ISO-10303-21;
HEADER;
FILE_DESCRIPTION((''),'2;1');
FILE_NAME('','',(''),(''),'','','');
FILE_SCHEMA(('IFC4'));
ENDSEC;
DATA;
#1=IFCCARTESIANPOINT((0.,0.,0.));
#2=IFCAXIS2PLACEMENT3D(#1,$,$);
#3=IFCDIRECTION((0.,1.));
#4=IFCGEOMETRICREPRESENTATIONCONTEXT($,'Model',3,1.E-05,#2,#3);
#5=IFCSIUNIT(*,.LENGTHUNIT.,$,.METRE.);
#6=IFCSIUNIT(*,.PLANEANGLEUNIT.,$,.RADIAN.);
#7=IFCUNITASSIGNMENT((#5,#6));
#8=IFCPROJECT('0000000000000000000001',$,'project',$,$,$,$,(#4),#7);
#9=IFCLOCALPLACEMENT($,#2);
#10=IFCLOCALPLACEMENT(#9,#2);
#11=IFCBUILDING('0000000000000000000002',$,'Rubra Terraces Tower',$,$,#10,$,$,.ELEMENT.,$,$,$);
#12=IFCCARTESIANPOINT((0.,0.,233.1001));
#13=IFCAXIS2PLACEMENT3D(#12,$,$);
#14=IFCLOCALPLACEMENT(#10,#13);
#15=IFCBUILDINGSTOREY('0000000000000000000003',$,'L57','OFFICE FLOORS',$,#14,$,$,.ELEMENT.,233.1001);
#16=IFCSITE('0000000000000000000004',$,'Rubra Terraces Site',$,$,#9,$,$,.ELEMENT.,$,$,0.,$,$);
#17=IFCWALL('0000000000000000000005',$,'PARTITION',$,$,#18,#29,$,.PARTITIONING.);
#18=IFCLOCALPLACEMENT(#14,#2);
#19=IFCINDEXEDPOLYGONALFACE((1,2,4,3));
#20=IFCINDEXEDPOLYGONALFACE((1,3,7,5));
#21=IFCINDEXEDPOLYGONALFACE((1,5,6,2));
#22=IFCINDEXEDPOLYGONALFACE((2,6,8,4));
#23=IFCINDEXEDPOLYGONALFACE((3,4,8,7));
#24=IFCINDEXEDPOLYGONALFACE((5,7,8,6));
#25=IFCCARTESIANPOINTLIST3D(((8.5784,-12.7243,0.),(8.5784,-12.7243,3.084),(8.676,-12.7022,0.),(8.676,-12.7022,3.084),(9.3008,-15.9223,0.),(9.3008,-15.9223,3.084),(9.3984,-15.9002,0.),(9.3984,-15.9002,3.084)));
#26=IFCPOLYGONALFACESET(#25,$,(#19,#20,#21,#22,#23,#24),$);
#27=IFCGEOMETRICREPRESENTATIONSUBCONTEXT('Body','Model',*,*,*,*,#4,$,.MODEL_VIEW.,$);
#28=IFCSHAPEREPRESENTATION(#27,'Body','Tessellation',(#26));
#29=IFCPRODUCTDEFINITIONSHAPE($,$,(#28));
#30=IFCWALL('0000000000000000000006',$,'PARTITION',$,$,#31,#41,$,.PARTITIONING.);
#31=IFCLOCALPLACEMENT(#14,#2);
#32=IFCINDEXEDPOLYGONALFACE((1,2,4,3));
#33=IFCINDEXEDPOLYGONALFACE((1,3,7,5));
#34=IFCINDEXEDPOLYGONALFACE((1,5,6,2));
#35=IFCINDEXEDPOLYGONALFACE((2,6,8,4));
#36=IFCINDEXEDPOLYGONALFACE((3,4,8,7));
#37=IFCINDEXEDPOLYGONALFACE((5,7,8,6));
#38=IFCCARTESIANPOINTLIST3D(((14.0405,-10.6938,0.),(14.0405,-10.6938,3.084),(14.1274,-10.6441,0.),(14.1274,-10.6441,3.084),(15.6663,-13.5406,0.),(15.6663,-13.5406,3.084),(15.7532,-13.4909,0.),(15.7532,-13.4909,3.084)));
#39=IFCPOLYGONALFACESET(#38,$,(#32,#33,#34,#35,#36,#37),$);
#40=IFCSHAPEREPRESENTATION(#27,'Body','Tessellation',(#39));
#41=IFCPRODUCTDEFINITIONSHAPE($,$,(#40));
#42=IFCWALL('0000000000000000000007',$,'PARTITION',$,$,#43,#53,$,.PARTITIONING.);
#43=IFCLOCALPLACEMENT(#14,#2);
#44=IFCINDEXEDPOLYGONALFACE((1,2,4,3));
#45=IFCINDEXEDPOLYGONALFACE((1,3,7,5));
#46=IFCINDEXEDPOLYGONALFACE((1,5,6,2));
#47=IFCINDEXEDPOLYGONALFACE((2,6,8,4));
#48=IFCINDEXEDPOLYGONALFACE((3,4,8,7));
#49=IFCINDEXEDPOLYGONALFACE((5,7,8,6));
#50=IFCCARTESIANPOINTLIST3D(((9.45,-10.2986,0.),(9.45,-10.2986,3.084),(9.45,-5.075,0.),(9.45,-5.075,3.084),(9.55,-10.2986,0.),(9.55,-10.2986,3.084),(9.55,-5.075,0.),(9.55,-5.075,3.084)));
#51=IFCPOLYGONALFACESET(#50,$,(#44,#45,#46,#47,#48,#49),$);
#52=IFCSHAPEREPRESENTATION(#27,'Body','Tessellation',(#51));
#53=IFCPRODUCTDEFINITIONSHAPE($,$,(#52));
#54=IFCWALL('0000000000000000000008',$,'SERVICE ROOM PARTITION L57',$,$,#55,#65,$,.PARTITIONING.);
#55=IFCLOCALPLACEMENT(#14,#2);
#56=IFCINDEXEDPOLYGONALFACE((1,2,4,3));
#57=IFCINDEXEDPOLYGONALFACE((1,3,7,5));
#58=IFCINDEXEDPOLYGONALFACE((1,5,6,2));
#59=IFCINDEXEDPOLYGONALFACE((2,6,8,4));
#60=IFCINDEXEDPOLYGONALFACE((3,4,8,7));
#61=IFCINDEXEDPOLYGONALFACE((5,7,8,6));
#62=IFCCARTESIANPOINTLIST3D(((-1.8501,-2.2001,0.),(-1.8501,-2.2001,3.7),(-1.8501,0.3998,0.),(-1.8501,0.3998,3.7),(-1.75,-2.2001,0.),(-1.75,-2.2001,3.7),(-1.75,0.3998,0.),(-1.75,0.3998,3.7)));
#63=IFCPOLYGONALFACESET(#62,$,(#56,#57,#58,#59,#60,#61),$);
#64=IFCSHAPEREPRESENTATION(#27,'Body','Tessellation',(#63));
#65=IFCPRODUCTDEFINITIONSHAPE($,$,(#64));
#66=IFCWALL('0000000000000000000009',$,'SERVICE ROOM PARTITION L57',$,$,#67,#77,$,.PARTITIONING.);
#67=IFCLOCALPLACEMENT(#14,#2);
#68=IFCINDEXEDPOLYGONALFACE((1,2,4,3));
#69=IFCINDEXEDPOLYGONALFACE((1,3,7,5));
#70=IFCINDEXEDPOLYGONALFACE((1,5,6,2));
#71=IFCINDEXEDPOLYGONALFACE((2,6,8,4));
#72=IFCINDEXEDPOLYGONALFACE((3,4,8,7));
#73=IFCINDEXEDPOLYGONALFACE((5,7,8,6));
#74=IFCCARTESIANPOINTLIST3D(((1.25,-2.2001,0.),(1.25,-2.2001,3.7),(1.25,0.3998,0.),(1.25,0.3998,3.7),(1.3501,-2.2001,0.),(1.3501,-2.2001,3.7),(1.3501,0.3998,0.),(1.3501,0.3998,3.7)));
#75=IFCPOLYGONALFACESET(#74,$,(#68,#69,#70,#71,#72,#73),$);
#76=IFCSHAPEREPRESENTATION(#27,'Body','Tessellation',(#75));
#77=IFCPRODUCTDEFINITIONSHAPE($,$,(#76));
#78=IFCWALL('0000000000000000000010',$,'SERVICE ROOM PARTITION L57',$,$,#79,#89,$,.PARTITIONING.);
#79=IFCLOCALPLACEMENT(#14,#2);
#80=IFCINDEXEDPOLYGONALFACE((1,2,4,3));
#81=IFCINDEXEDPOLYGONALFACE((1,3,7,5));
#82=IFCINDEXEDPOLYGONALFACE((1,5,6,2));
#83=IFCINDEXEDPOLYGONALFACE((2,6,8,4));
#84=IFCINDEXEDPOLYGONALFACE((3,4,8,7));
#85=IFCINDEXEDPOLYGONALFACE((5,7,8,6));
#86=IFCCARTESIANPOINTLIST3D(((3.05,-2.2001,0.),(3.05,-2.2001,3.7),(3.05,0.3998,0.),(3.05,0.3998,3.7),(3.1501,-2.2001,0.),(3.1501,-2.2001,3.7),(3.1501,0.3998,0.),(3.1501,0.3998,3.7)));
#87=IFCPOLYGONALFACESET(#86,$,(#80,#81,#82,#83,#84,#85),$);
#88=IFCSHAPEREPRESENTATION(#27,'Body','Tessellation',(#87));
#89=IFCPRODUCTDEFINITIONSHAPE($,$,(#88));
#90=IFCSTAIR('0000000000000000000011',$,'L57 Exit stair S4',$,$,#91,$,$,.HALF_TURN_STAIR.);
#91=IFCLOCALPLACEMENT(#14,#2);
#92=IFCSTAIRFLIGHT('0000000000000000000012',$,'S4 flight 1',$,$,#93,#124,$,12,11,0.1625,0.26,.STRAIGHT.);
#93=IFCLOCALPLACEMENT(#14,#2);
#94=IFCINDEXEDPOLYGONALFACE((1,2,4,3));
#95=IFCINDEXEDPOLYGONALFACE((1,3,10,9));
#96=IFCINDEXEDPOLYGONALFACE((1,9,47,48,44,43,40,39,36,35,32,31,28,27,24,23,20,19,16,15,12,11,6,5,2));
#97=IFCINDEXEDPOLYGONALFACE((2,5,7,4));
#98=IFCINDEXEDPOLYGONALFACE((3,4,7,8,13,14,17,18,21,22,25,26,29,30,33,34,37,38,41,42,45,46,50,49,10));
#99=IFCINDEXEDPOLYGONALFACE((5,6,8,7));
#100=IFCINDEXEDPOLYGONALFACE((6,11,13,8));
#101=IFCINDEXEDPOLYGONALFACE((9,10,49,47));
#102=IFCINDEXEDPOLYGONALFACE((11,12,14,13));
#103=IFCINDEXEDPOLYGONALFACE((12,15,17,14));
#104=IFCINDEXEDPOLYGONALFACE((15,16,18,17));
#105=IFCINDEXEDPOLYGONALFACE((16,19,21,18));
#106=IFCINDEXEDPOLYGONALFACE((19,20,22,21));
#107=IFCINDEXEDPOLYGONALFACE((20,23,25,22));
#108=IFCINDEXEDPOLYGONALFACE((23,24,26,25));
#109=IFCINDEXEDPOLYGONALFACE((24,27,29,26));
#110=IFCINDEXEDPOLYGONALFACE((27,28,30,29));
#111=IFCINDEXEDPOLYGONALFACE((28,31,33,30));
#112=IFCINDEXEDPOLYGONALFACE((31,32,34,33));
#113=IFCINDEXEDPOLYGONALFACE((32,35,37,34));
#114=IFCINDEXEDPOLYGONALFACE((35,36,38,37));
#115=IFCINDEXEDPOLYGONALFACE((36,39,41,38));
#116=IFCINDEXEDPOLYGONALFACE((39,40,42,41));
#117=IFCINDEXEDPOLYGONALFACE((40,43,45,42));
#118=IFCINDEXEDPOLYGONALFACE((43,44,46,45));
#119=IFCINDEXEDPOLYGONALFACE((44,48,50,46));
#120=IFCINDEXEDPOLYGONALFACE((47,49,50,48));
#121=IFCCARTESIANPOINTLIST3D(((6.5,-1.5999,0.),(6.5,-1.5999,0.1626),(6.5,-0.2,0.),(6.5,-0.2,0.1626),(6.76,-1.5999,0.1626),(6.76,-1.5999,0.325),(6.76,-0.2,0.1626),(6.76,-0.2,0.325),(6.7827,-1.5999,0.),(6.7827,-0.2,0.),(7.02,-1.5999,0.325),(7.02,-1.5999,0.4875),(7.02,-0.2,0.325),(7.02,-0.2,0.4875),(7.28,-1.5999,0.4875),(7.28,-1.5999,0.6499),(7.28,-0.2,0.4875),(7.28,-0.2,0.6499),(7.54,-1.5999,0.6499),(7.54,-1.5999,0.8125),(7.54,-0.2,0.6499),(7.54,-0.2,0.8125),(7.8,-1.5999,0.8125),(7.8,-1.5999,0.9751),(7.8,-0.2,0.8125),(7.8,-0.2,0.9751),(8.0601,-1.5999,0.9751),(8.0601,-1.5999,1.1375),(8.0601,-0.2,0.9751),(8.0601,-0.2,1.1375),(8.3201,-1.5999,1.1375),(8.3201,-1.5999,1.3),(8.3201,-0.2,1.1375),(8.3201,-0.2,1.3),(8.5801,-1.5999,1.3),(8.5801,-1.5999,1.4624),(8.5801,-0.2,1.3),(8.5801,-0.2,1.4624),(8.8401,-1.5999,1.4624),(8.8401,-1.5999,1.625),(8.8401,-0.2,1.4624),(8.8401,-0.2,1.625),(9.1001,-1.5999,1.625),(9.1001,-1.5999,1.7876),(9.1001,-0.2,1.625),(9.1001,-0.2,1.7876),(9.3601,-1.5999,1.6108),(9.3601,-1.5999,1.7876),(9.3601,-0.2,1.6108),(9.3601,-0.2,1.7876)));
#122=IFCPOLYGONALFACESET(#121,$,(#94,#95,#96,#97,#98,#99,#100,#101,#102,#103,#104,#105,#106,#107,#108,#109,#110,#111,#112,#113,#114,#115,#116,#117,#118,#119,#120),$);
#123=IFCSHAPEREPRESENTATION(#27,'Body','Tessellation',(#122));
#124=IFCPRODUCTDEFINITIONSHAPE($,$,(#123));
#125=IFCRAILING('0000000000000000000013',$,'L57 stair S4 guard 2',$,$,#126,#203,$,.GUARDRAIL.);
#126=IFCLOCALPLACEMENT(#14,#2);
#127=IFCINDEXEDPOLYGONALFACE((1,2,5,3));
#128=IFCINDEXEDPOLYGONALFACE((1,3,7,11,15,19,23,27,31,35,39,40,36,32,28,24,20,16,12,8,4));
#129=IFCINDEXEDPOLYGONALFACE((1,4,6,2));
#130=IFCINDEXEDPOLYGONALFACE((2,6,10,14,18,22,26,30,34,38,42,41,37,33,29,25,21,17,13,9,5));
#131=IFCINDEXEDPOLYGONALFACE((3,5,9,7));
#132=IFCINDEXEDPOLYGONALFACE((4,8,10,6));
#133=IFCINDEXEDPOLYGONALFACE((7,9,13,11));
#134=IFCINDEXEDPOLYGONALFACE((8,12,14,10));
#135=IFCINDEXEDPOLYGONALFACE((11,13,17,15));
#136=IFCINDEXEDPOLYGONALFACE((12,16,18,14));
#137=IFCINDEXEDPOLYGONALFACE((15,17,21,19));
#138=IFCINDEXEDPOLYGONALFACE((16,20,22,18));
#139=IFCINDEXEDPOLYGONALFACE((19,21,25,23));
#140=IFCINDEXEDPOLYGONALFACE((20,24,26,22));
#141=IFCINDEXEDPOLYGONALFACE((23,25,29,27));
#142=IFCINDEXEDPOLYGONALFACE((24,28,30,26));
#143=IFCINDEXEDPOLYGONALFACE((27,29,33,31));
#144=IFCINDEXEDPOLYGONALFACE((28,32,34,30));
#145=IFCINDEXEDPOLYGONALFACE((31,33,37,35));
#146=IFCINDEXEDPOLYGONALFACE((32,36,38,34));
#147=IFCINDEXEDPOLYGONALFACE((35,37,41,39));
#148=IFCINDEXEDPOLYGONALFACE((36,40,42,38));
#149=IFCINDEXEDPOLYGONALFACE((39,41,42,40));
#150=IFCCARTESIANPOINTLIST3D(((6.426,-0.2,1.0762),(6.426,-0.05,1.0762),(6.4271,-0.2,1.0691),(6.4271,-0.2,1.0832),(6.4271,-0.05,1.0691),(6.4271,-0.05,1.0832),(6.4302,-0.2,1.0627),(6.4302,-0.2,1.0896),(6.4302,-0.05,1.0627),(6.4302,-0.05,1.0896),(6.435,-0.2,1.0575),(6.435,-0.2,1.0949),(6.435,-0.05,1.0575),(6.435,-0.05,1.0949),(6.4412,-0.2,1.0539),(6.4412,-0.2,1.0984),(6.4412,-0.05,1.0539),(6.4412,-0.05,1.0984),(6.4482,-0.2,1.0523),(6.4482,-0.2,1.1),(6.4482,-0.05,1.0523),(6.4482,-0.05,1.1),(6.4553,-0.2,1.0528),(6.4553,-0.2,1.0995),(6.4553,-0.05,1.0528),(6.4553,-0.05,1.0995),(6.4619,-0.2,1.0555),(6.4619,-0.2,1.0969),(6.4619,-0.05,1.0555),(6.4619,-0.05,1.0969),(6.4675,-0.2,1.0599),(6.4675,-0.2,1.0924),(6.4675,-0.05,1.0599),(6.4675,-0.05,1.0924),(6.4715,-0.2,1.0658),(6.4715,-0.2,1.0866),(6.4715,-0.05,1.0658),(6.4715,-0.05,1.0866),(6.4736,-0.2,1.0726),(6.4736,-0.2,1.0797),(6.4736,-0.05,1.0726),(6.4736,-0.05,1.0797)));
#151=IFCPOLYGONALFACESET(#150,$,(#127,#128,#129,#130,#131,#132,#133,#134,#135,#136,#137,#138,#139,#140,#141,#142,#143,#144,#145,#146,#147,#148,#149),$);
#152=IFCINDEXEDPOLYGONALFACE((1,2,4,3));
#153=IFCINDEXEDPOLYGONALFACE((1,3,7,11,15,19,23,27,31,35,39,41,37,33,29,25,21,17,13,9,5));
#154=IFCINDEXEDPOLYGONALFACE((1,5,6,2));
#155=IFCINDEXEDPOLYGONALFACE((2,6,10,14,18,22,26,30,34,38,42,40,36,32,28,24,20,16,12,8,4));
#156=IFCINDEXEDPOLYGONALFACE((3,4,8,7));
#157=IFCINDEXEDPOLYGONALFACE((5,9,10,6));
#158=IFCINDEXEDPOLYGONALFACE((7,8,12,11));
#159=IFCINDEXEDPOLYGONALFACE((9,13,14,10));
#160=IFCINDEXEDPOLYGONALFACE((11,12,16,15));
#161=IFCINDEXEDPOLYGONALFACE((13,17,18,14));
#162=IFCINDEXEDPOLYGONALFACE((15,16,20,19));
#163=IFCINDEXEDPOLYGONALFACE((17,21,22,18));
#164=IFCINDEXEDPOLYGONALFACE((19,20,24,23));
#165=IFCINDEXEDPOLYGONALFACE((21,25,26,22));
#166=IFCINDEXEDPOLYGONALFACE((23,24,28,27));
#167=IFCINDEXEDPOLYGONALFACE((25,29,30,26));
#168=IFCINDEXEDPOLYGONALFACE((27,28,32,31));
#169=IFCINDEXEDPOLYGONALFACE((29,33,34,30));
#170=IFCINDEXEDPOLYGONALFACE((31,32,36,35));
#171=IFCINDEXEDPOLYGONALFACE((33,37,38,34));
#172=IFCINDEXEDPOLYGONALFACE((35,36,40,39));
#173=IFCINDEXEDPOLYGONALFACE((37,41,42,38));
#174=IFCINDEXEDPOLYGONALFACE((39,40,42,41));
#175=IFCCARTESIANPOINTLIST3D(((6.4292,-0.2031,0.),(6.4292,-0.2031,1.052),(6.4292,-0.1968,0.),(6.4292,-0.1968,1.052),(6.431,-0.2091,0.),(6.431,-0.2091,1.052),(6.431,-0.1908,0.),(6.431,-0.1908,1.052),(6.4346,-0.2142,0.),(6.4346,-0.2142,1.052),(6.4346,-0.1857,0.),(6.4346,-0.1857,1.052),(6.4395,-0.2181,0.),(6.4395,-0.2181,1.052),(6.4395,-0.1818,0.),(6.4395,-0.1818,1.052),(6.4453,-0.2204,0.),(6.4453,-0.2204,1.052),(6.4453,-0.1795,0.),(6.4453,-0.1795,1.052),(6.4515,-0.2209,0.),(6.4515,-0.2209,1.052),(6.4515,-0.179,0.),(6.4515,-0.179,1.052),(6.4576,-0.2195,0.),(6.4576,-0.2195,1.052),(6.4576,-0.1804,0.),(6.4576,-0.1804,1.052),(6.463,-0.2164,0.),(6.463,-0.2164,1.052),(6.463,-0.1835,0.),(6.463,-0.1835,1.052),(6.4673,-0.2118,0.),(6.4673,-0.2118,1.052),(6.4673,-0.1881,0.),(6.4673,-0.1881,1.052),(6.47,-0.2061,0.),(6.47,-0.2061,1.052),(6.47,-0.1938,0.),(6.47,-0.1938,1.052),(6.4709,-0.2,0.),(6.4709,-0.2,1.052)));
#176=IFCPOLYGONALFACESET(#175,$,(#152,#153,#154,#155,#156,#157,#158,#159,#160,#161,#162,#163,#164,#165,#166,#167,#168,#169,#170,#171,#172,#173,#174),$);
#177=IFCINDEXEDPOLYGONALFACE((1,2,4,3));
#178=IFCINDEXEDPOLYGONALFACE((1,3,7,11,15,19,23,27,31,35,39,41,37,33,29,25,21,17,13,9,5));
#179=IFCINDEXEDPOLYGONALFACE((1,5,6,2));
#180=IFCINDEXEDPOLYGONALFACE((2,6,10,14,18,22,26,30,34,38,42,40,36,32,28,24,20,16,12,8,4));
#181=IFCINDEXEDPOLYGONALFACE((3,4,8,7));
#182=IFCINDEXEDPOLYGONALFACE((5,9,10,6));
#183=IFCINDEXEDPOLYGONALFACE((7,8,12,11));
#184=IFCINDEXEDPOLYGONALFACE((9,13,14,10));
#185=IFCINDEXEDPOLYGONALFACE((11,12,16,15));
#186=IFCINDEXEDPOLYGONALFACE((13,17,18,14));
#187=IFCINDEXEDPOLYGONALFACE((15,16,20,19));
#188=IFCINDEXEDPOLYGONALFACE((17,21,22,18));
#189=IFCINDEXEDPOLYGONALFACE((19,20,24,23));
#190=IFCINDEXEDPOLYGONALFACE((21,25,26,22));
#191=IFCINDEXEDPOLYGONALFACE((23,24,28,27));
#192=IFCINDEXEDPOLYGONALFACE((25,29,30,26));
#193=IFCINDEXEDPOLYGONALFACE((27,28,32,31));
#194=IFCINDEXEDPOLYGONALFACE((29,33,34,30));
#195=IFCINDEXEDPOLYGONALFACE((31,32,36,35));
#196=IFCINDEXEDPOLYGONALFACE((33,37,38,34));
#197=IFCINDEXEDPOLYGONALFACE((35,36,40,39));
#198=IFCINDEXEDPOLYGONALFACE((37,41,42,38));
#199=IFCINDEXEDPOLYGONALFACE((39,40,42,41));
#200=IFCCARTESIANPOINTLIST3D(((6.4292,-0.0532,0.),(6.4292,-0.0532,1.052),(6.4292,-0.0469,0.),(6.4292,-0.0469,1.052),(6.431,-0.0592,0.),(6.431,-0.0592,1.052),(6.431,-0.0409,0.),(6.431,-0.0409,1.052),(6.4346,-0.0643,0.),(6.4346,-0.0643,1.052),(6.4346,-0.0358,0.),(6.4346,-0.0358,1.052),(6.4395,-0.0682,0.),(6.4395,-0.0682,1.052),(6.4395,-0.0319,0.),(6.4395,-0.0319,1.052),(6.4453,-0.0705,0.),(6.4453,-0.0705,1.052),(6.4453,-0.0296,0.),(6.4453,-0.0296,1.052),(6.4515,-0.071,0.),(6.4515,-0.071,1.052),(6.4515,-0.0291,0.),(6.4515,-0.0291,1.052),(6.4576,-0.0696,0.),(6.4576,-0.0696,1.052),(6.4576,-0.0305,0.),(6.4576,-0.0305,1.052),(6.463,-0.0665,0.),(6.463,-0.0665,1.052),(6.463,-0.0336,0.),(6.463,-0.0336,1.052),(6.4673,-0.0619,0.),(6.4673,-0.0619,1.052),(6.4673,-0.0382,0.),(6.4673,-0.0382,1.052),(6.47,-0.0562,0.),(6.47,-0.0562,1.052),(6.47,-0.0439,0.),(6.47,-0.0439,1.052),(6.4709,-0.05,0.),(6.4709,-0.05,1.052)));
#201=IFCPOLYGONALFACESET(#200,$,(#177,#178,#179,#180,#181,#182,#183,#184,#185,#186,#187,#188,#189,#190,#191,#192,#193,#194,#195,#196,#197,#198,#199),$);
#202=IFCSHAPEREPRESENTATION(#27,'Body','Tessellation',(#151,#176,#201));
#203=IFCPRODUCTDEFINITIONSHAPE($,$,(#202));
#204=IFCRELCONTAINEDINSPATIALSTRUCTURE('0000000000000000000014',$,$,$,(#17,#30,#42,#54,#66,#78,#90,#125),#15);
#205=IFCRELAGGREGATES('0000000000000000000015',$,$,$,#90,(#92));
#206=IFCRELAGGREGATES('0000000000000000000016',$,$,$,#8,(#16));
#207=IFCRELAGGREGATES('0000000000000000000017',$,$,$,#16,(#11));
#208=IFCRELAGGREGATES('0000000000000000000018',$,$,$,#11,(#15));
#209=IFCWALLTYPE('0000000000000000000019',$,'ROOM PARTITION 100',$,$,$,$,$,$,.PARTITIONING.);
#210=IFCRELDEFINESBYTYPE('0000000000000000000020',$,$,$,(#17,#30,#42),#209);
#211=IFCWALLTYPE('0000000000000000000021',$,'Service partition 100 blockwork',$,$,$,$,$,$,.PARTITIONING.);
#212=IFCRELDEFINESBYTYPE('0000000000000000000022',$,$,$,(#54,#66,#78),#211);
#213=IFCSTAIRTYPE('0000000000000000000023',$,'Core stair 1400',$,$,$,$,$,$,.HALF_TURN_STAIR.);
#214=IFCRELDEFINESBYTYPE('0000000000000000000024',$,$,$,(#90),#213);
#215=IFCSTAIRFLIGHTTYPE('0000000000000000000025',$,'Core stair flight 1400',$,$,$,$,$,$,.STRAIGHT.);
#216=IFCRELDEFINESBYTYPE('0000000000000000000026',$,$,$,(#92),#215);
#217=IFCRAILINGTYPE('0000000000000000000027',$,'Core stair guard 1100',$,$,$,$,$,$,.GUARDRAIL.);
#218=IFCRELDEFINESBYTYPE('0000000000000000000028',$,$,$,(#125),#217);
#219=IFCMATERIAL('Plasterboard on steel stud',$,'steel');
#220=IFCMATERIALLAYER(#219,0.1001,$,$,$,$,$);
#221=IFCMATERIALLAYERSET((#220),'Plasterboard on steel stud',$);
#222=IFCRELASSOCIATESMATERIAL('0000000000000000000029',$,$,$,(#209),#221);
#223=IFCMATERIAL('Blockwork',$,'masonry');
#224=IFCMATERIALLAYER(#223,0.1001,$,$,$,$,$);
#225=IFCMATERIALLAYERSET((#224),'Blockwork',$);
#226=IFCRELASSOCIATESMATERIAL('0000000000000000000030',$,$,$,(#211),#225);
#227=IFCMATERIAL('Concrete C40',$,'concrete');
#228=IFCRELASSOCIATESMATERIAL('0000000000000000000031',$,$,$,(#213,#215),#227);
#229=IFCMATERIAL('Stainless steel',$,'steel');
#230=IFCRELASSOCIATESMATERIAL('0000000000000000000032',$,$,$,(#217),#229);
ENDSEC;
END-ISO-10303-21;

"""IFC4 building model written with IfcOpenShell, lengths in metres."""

from ifc_helpers import new_model, si_unit, direction, frame, frame_2d, origin, origin_2d, place, context, subcontext, project, spatial, polyline, rectangle, circle, outline, extrude, material, layer, layer_set, type_object, element, aggregate, save


model = new_model("IFC4")

# Units and contexts
model_context = context("Model", 3, precision=1e-05, world=origin(), true_north=direction((0.0, 1.0)))
body_context = subcontext(model_context, "Body", "Model", "MODEL_VIEW")
ifc_project = project(units=[si_unit("LENGTHUNIT", "METRE"), si_unit("PLANEANGLEUNIT", "RADIAN")], contexts=[model_context])

# Site, building, storey
site_placement = place(None, origin())
site = spatial("IfcSite", under=ifc_project, at=site_placement, Name="Rubra Terraces Site", CompositionType="ELEMENT", RefElevation=0.0)
building_placement = place(site_placement, origin())
building = spatial("IfcBuilding", under=site, at=building_placement, Name="Rubra Terraces Tower", CompositionType="ELEMENT")
storey_placement = place(building_placement, frame((0.0, 0.0, 233.1001)))
storey = spatial("IfcBuildingStorey", under=building, at=storey_placement, Name="L57", Description="OFFICE FLOORS", CompositionType="ELEMENT", Elevation=233.1001)

# Shared definitions
ifc_material_1 = material(Name="Concrete C40", Category="concrete")

# Walls
ifc_material_2 = material(Name="Plasterboard on steel stud", Category="steel")
ifc_layer_1 = layer(ifc_material_2, 0.1001)
ifc_layer_set_1 = layer_set([ifc_layer_1], Name="Plasterboard on steel stud")
wall_type_1 = type_object("IfcWallType", Name="ROOM PARTITION 100", PredefinedType="PARTITIONING", material=ifc_layer_set_1)
wall_1_placement = place(storey_placement, frame((8.6272, -12.7134, 0.0), z_axis=(0.0, 0.0, 1.0), x_axis=(0.220343, -0.975422, 0.0)))
element("IfcWall", 1, at=wall_1_placement, inside=storey, type_object=wall_type_1, Name="PARTITION", PredefinedType="PARTITIONING", context=body_context, shape_type="SweptSolid", body=[
    extrude(rectangle(XDim=3.2786, YDim=0.1001, at=frame_2d((1.6392, 0.0))), origin(), (0.0, 0.0, 1.0), 3.084),
])
wall_2_placement = place(storey_placement, frame((14.084, -10.6689, 0.0), z_axis=(0.0, 0.0, 1.0), x_axis=(0.495922, -0.868367, 0.0)))
element("IfcWall", 2, at=wall_2_placement, inside=storey, type_object=wall_type_1, Name="PARTITION", PredefinedType="PARTITIONING", context=body_context, shape_type="SweptSolid", body=[
    extrude(rectangle(XDim=3.2783, YDim=0.1001, at=frame_2d((1.6392, 0.0))), origin(), (0.0, 0.0, 1.0), 3.084),
])
wall_3_placement = place(storey_placement, frame((9.5, -10.2986, 0.0), z_axis=(0.0, 0.0, 1.0), x_axis=(0.0, 1.0, 0.0)))
element("IfcWall", 3, at=wall_3_placement, inside=storey, type_object=wall_type_1, Name="PARTITION", PredefinedType="PARTITIONING", context=body_context, shape_type="SweptSolid", body=[
    extrude(rectangle(XDim=5.2236, YDim=0.1001, at=frame_2d((2.6118, 0.0))), origin(), (0.0, 0.0, 1.0), 3.084),
])
ifc_material_3 = material(Name="Blockwork", Category="masonry")
ifc_layer_2 = layer(ifc_material_3, 0.1001)
ifc_layer_set_2 = layer_set([ifc_layer_2], Name="Blockwork")
wall_type_2 = type_object("IfcWallType", Name="Service partition 100 blockwork", PredefinedType="PARTITIONING", material=ifc_layer_set_2)
for number, where, z_axis, x_axis, name in (
    (4, (-1.8, -2.2, 0.0), (0.0, 0.0, 1.0), (0.0, 1.0, 0.0), "SERVICE ROOM PARTITION L57"),
    (5, (1.3, -2.2, 0.0), (0.0, 0.0, 1.0), (0.0, 1.0, 0.0), "SERVICE ROOM PARTITION L57"),
    (6, (3.1001, -2.2, 0.0), (0.0, 0.0, 1.0), (0.0, 1.0, 0.0), "SERVICE ROOM PARTITION L57"),
):
    element("IfcWall", number, at=place(storey_placement, frame(where, z_axis=z_axis, x_axis=x_axis)), inside=storey, type_object=wall_type_2, Name=name, PredefinedType="PARTITIONING", context=body_context, shape_type="SweptSolid", body=[
        extrude(rectangle(XDim=2.5999, YDim=0.1001, at=frame_2d((1.2998, 0.0))), origin(), (0.0, 0.0, 1.0), 3.7),
    ])

# Stair, stair flight
stair_type = type_object("IfcStairType", Name="Core stair 1400", PredefinedType="HALF_TURN_STAIR", material=ifc_material_1)
stair_placement = place(storey_placement, origin())
stair = element("IfcStair", 7, at=stair_placement, inside=storey, type_object=stair_type, Name="L57 Exit stair S4", PredefinedType="HALF_TURN_STAIR")
stair_flight_type = type_object("IfcStairFlightType", Name="Core stair flight 1400", PredefinedType="STRAIGHT", material=ifc_material_1)
stair_flight_placement = place(storey_placement, frame((6.5, -0.8999, 0.0), z_axis=(0.0, 0.0, 1.0), x_axis=(1.0, 0.0, 0.0)))
stair_flight = element("IfcStairFlight", 8, at=stair_flight_placement, type_object=stair_flight_type, Name="S4 flight 1", NumberOfRisers=12, NumberOfTreads=11, PredefinedType="STRAIGHT", RiserHeight=0.1625, TreadLength=0.26, context=body_context, shape_type="SweptSolid", body=[
    extrude(outline(polyline([(0.0, 0.0), (0.0, 0.1626), (0.26, 0.1626), (0.26, 0.325), (0.52, 0.325), (0.52, 0.4875), (0.78, 0.4875), (0.78, 0.6499), (1.04, 0.6499), (1.04, 0.8125), (1.3, 0.8125), (1.3, 0.9751), (1.5601, 0.9751), (1.5601, 1.1375), (1.8201, 1.1375), (1.8201, 1.3), (2.0801, 1.3), (2.0801, 1.4624), (2.3401, 1.4624), (2.3401, 1.625), (2.6001, 1.625), (2.6001, 1.7876), (2.8601, 1.7876), (2.8601, 1.95), (2.8601, 1.6108), (0.2827, 0.0), (0.0, 0.0)])), frame((0.0, 0.7, 0.0), z_axis=(0.0, -1.0, 0.0), x_axis=(1.0, 0.0, 0.0)), (0.0, 0.0, 1.0), 1.3999),
])
aggregate(stair, [stair_flight])

# Railing
ifc_material_4 = material(Name="Stainless steel", Category="steel")
railing_type_1 = type_object("IfcRailingType", Name="Core stair guard 1100", PredefinedType="GUARDRAIL", material=ifc_material_4)
railing_1_placement = place(storey_placement, frame((6.45, -0.2, 0.0)))
element("IfcRailing", 9, at=railing_1_placement, inside=storey, type_object=railing_type_1, Name="L57 stair S4 guard 2", PredefinedType="GUARDRAIL", context=body_context, shape_type="SweptSolid", body=[
    extrude(circle(Radius=0.0239, at=origin_2d()), frame((0.0, 0.0, 1.0762), z_axis=(0.0, 1.0, 0.0), x_axis=(-1.0, 0.0, 0.0)), (0.0, 0.0, 1.0), 0.1499),
    extrude(circle(Radius=0.021, at=origin_2d()), origin(), (0.0, 0.0, 1.0), 1.052),
    extrude(circle(Radius=0.021, at=origin_2d()), frame((0.0, 0.1499, 0.0)), (0.0, 0.0, 1.0), 1.052),
])

save(model, "model.ifc")
